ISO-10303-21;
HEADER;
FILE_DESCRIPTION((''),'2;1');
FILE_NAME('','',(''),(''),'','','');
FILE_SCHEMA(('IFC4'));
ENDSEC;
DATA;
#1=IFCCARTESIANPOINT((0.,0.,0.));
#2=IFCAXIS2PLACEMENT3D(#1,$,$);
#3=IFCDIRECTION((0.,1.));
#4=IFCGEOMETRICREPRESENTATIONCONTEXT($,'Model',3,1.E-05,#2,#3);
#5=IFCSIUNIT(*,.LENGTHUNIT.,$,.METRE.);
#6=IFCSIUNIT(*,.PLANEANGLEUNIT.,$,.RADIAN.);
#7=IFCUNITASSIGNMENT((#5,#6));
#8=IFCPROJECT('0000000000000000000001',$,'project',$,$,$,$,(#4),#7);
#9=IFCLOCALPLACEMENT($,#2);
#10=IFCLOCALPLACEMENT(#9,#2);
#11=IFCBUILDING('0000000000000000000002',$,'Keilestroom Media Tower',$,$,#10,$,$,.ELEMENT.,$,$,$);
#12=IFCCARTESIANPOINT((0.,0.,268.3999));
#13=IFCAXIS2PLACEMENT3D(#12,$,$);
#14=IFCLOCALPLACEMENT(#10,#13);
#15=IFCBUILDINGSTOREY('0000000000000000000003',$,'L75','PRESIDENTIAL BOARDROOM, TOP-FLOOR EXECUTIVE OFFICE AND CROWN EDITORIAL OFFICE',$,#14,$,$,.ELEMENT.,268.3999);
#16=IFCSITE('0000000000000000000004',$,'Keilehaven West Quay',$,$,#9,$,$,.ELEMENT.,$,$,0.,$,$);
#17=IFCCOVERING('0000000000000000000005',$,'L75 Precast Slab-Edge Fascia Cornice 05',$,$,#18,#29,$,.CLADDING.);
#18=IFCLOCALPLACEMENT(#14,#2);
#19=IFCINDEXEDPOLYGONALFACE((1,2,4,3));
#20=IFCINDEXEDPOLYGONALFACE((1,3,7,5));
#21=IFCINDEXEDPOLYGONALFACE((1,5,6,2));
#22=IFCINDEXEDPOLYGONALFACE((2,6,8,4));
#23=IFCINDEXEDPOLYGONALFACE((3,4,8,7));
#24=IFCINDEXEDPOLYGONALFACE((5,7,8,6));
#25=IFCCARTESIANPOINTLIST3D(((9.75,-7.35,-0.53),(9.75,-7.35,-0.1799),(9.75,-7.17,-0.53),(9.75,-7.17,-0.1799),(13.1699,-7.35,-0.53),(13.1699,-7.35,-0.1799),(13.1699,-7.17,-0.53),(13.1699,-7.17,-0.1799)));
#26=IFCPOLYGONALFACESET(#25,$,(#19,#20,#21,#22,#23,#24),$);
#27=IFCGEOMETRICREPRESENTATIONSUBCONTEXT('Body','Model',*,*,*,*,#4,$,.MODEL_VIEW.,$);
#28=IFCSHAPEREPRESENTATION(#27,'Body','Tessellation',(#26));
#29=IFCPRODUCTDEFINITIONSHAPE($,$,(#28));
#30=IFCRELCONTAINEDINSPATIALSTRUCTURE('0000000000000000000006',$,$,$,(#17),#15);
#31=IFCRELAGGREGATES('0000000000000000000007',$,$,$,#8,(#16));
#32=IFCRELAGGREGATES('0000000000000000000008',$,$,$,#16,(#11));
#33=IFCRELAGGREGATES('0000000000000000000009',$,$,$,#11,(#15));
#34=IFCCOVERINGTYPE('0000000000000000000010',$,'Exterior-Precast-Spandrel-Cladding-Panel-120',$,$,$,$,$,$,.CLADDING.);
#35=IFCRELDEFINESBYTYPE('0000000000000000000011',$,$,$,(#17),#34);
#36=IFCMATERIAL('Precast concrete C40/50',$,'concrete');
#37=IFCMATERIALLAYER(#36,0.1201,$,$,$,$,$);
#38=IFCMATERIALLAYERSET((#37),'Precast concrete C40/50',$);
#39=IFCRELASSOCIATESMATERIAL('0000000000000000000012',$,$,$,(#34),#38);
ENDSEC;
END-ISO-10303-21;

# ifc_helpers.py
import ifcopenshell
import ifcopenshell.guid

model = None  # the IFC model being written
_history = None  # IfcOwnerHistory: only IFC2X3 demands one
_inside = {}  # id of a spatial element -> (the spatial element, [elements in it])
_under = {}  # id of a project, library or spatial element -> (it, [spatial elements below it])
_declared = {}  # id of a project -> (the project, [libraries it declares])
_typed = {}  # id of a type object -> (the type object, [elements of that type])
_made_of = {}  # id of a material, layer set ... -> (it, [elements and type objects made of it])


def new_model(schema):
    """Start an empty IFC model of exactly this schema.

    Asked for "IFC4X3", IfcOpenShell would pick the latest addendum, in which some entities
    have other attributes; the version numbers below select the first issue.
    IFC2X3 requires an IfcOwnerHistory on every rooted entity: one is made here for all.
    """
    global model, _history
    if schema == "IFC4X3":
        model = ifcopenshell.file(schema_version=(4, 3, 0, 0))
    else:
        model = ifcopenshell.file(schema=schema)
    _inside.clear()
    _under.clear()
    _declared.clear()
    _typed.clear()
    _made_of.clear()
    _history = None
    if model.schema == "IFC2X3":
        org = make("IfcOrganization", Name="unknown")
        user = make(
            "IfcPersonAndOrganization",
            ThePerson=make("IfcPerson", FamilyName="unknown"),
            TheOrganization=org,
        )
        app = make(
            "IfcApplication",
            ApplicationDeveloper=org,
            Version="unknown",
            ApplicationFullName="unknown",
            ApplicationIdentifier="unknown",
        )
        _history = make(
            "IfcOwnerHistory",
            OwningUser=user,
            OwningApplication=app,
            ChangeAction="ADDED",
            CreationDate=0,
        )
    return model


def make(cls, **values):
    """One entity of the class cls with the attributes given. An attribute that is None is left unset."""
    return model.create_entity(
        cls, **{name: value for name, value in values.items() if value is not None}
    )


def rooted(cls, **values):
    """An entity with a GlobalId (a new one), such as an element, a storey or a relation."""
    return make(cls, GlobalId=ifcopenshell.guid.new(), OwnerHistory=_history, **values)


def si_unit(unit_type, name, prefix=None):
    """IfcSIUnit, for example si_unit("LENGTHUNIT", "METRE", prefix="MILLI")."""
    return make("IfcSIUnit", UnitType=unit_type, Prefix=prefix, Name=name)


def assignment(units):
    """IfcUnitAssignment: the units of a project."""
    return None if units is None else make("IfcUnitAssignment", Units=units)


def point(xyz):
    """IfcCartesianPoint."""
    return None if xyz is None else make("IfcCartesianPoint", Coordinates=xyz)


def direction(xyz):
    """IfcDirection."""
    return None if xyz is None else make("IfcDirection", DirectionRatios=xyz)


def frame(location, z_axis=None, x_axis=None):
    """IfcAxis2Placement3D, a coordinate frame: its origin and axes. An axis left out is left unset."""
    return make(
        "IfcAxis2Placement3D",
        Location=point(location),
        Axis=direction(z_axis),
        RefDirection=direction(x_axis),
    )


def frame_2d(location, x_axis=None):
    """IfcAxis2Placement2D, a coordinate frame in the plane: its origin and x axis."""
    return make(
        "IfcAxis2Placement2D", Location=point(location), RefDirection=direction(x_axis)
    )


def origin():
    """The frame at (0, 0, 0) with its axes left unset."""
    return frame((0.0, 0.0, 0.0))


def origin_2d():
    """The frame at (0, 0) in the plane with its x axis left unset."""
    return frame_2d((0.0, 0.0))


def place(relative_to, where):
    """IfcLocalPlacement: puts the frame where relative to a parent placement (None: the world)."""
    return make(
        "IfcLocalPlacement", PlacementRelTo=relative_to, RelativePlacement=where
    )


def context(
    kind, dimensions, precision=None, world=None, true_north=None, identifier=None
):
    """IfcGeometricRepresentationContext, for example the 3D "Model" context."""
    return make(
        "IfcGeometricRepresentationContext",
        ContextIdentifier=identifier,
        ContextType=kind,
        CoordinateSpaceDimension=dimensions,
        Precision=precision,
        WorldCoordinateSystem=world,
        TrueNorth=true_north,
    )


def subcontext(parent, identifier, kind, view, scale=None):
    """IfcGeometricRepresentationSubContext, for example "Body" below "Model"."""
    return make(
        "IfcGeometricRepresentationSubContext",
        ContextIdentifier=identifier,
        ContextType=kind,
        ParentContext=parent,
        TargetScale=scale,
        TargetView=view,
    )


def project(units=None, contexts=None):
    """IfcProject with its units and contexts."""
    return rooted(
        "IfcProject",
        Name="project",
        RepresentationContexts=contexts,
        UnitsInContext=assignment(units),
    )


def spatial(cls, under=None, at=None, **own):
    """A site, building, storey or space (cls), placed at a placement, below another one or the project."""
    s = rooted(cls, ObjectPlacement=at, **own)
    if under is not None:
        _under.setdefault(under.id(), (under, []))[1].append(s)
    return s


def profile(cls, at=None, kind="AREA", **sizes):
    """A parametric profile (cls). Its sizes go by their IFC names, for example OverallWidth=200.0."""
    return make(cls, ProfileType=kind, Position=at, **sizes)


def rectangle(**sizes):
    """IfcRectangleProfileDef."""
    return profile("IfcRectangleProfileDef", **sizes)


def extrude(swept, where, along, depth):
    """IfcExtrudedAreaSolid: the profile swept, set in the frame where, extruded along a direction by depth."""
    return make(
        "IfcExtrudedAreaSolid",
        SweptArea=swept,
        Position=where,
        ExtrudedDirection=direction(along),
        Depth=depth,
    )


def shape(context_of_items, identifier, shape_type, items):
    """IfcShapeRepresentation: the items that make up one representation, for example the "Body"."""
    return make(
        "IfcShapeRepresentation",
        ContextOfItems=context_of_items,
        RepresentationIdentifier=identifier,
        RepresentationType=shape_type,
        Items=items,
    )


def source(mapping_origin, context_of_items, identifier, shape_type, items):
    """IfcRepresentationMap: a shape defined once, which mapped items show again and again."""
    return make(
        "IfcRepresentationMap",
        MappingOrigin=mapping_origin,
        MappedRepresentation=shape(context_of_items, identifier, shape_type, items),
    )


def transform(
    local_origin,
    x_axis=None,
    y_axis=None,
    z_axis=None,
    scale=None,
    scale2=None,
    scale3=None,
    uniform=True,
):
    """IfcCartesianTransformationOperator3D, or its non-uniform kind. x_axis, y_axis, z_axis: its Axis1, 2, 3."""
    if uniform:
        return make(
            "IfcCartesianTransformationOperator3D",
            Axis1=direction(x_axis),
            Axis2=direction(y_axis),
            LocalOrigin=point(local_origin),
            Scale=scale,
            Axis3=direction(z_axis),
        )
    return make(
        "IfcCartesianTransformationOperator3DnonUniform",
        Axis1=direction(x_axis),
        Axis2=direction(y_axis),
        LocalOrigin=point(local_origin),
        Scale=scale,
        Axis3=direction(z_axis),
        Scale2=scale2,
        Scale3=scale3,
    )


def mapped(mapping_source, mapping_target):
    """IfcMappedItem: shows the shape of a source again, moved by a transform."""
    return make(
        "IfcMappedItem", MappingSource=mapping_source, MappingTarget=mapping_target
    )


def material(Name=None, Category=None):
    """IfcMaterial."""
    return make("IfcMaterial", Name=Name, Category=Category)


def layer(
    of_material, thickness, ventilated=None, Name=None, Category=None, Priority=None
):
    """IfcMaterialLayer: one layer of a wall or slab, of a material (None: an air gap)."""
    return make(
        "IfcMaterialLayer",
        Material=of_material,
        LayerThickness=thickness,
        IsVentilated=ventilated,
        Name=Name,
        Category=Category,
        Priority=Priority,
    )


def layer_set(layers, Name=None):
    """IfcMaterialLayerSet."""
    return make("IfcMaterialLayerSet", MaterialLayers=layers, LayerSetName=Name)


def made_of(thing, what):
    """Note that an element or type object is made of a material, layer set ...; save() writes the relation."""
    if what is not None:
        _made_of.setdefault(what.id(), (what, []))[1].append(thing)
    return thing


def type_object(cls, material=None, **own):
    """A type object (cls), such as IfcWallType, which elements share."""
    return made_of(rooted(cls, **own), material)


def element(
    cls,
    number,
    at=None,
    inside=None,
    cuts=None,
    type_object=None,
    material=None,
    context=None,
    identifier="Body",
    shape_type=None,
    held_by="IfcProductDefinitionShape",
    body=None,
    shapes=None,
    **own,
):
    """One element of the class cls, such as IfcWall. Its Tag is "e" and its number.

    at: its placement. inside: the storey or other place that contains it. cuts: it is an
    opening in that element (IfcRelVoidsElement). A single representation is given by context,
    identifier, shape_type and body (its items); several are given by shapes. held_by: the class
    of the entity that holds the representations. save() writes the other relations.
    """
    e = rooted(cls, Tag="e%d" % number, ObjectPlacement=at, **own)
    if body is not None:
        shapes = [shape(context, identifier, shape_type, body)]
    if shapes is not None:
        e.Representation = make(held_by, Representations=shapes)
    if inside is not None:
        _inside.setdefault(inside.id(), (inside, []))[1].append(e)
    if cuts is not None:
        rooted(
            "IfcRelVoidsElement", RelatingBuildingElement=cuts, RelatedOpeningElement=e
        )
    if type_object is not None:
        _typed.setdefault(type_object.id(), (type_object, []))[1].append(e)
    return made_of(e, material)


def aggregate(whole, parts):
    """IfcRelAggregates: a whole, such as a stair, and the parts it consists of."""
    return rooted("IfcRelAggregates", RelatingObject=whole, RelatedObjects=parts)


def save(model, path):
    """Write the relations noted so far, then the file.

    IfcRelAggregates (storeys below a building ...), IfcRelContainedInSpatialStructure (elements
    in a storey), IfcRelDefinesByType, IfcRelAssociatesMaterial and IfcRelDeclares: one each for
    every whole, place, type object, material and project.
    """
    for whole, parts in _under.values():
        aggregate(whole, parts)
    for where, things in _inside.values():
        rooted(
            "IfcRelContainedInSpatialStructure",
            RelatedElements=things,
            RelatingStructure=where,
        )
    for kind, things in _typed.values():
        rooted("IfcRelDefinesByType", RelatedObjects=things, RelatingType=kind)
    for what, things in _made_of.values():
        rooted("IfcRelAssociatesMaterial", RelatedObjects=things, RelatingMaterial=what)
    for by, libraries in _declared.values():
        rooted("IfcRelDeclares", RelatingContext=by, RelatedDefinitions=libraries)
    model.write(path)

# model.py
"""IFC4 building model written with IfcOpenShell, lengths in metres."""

from ifc_helpers import new_model, si_unit, direction, frame, origin, origin_2d, place, context, subcontext, project, spatial, rectangle, extrude, source, transform, mapped, material, layer, layer_set, type_object, element, save


model = new_model("IFC4")

# Units and contexts
model_context = context("Model", 3, precision=1e-05, world=origin(), true_north=direction((0.0, 1.0)))
body_context = subcontext(model_context, "Body", "Model", "MODEL_VIEW")
ifc_project = project(units=[si_unit("LENGTHUNIT", "METRE"), si_unit("PLANEANGLEUNIT", "RADIAN")], contexts=[model_context])

# Site, building, storey
site_placement = place(None, origin())
site = spatial("IfcSite", under=ifc_project, at=site_placement, Name="Keilehaven West Quay", CompositionType="ELEMENT", RefElevation=0.0)
building_placement = place(site_placement, origin())
building = spatial("IfcBuilding", under=site, at=building_placement, Name="Keilestroom Media Tower", CompositionType="ELEMENT")
storey_placement = place(building_placement, frame((0.0, 0.0, 268.3999)))
storey = spatial("IfcBuildingStorey", under=building, at=storey_placement, Name="L75", Description="PRESIDENTIAL BOARDROOM, TOP-FLOOR EXECUTIVE OFFICE AND CROWN EDITORIAL OFFICE", CompositionType="ELEMENT", Elevation=268.3999)

# Shared definitions
ifc_material_1 = material(Name="Precast concrete C40/50", Category="concrete")

# Covering
ifc_layer_1 = layer(ifc_material_1, 0.1201)
ifc_layer_set_1 = layer_set([ifc_layer_1], Name="Precast concrete C40/50")
covering_type = type_object("IfcCoveringType", Name="Exterior-Precast-Spandrel-Cladding-Panel-120", PredefinedType="CLADDING", material=ifc_layer_set_1)
shared_shape_1 = source(origin(), body_context, "Body", "SweptSolid", [
    extrude(rectangle(XDim=3.4199, YDim=0.1799, at=origin_2d()), origin(), (0.0, 0.0, 1.0), 0.3501),
])
covering_1_placement = place(storey_placement, frame((11.46, -7.26, -0.53), z_axis=(0.0, 0.0, 1.0), x_axis=(-1.0, 0.0, 0.0)))
element("IfcCovering", 1, at=covering_1_placement, inside=storey, type_object=covering_type, Name="L75 Precast Slab-Edge Fascia Cornice 05", PredefinedType="CLADDING", context=body_context, shape_type="MappedRepresentation", body=[
    mapped(shared_shape_1, transform((0.0, 0.0, 0.0), x_axis=(1.0, 0.0, 0.0), y_axis=(0.0, 1.0, 0.0), z_axis=(0.0, 0.0, 1.0), scale=1.0)),
])

save(model, "model.ifc")
